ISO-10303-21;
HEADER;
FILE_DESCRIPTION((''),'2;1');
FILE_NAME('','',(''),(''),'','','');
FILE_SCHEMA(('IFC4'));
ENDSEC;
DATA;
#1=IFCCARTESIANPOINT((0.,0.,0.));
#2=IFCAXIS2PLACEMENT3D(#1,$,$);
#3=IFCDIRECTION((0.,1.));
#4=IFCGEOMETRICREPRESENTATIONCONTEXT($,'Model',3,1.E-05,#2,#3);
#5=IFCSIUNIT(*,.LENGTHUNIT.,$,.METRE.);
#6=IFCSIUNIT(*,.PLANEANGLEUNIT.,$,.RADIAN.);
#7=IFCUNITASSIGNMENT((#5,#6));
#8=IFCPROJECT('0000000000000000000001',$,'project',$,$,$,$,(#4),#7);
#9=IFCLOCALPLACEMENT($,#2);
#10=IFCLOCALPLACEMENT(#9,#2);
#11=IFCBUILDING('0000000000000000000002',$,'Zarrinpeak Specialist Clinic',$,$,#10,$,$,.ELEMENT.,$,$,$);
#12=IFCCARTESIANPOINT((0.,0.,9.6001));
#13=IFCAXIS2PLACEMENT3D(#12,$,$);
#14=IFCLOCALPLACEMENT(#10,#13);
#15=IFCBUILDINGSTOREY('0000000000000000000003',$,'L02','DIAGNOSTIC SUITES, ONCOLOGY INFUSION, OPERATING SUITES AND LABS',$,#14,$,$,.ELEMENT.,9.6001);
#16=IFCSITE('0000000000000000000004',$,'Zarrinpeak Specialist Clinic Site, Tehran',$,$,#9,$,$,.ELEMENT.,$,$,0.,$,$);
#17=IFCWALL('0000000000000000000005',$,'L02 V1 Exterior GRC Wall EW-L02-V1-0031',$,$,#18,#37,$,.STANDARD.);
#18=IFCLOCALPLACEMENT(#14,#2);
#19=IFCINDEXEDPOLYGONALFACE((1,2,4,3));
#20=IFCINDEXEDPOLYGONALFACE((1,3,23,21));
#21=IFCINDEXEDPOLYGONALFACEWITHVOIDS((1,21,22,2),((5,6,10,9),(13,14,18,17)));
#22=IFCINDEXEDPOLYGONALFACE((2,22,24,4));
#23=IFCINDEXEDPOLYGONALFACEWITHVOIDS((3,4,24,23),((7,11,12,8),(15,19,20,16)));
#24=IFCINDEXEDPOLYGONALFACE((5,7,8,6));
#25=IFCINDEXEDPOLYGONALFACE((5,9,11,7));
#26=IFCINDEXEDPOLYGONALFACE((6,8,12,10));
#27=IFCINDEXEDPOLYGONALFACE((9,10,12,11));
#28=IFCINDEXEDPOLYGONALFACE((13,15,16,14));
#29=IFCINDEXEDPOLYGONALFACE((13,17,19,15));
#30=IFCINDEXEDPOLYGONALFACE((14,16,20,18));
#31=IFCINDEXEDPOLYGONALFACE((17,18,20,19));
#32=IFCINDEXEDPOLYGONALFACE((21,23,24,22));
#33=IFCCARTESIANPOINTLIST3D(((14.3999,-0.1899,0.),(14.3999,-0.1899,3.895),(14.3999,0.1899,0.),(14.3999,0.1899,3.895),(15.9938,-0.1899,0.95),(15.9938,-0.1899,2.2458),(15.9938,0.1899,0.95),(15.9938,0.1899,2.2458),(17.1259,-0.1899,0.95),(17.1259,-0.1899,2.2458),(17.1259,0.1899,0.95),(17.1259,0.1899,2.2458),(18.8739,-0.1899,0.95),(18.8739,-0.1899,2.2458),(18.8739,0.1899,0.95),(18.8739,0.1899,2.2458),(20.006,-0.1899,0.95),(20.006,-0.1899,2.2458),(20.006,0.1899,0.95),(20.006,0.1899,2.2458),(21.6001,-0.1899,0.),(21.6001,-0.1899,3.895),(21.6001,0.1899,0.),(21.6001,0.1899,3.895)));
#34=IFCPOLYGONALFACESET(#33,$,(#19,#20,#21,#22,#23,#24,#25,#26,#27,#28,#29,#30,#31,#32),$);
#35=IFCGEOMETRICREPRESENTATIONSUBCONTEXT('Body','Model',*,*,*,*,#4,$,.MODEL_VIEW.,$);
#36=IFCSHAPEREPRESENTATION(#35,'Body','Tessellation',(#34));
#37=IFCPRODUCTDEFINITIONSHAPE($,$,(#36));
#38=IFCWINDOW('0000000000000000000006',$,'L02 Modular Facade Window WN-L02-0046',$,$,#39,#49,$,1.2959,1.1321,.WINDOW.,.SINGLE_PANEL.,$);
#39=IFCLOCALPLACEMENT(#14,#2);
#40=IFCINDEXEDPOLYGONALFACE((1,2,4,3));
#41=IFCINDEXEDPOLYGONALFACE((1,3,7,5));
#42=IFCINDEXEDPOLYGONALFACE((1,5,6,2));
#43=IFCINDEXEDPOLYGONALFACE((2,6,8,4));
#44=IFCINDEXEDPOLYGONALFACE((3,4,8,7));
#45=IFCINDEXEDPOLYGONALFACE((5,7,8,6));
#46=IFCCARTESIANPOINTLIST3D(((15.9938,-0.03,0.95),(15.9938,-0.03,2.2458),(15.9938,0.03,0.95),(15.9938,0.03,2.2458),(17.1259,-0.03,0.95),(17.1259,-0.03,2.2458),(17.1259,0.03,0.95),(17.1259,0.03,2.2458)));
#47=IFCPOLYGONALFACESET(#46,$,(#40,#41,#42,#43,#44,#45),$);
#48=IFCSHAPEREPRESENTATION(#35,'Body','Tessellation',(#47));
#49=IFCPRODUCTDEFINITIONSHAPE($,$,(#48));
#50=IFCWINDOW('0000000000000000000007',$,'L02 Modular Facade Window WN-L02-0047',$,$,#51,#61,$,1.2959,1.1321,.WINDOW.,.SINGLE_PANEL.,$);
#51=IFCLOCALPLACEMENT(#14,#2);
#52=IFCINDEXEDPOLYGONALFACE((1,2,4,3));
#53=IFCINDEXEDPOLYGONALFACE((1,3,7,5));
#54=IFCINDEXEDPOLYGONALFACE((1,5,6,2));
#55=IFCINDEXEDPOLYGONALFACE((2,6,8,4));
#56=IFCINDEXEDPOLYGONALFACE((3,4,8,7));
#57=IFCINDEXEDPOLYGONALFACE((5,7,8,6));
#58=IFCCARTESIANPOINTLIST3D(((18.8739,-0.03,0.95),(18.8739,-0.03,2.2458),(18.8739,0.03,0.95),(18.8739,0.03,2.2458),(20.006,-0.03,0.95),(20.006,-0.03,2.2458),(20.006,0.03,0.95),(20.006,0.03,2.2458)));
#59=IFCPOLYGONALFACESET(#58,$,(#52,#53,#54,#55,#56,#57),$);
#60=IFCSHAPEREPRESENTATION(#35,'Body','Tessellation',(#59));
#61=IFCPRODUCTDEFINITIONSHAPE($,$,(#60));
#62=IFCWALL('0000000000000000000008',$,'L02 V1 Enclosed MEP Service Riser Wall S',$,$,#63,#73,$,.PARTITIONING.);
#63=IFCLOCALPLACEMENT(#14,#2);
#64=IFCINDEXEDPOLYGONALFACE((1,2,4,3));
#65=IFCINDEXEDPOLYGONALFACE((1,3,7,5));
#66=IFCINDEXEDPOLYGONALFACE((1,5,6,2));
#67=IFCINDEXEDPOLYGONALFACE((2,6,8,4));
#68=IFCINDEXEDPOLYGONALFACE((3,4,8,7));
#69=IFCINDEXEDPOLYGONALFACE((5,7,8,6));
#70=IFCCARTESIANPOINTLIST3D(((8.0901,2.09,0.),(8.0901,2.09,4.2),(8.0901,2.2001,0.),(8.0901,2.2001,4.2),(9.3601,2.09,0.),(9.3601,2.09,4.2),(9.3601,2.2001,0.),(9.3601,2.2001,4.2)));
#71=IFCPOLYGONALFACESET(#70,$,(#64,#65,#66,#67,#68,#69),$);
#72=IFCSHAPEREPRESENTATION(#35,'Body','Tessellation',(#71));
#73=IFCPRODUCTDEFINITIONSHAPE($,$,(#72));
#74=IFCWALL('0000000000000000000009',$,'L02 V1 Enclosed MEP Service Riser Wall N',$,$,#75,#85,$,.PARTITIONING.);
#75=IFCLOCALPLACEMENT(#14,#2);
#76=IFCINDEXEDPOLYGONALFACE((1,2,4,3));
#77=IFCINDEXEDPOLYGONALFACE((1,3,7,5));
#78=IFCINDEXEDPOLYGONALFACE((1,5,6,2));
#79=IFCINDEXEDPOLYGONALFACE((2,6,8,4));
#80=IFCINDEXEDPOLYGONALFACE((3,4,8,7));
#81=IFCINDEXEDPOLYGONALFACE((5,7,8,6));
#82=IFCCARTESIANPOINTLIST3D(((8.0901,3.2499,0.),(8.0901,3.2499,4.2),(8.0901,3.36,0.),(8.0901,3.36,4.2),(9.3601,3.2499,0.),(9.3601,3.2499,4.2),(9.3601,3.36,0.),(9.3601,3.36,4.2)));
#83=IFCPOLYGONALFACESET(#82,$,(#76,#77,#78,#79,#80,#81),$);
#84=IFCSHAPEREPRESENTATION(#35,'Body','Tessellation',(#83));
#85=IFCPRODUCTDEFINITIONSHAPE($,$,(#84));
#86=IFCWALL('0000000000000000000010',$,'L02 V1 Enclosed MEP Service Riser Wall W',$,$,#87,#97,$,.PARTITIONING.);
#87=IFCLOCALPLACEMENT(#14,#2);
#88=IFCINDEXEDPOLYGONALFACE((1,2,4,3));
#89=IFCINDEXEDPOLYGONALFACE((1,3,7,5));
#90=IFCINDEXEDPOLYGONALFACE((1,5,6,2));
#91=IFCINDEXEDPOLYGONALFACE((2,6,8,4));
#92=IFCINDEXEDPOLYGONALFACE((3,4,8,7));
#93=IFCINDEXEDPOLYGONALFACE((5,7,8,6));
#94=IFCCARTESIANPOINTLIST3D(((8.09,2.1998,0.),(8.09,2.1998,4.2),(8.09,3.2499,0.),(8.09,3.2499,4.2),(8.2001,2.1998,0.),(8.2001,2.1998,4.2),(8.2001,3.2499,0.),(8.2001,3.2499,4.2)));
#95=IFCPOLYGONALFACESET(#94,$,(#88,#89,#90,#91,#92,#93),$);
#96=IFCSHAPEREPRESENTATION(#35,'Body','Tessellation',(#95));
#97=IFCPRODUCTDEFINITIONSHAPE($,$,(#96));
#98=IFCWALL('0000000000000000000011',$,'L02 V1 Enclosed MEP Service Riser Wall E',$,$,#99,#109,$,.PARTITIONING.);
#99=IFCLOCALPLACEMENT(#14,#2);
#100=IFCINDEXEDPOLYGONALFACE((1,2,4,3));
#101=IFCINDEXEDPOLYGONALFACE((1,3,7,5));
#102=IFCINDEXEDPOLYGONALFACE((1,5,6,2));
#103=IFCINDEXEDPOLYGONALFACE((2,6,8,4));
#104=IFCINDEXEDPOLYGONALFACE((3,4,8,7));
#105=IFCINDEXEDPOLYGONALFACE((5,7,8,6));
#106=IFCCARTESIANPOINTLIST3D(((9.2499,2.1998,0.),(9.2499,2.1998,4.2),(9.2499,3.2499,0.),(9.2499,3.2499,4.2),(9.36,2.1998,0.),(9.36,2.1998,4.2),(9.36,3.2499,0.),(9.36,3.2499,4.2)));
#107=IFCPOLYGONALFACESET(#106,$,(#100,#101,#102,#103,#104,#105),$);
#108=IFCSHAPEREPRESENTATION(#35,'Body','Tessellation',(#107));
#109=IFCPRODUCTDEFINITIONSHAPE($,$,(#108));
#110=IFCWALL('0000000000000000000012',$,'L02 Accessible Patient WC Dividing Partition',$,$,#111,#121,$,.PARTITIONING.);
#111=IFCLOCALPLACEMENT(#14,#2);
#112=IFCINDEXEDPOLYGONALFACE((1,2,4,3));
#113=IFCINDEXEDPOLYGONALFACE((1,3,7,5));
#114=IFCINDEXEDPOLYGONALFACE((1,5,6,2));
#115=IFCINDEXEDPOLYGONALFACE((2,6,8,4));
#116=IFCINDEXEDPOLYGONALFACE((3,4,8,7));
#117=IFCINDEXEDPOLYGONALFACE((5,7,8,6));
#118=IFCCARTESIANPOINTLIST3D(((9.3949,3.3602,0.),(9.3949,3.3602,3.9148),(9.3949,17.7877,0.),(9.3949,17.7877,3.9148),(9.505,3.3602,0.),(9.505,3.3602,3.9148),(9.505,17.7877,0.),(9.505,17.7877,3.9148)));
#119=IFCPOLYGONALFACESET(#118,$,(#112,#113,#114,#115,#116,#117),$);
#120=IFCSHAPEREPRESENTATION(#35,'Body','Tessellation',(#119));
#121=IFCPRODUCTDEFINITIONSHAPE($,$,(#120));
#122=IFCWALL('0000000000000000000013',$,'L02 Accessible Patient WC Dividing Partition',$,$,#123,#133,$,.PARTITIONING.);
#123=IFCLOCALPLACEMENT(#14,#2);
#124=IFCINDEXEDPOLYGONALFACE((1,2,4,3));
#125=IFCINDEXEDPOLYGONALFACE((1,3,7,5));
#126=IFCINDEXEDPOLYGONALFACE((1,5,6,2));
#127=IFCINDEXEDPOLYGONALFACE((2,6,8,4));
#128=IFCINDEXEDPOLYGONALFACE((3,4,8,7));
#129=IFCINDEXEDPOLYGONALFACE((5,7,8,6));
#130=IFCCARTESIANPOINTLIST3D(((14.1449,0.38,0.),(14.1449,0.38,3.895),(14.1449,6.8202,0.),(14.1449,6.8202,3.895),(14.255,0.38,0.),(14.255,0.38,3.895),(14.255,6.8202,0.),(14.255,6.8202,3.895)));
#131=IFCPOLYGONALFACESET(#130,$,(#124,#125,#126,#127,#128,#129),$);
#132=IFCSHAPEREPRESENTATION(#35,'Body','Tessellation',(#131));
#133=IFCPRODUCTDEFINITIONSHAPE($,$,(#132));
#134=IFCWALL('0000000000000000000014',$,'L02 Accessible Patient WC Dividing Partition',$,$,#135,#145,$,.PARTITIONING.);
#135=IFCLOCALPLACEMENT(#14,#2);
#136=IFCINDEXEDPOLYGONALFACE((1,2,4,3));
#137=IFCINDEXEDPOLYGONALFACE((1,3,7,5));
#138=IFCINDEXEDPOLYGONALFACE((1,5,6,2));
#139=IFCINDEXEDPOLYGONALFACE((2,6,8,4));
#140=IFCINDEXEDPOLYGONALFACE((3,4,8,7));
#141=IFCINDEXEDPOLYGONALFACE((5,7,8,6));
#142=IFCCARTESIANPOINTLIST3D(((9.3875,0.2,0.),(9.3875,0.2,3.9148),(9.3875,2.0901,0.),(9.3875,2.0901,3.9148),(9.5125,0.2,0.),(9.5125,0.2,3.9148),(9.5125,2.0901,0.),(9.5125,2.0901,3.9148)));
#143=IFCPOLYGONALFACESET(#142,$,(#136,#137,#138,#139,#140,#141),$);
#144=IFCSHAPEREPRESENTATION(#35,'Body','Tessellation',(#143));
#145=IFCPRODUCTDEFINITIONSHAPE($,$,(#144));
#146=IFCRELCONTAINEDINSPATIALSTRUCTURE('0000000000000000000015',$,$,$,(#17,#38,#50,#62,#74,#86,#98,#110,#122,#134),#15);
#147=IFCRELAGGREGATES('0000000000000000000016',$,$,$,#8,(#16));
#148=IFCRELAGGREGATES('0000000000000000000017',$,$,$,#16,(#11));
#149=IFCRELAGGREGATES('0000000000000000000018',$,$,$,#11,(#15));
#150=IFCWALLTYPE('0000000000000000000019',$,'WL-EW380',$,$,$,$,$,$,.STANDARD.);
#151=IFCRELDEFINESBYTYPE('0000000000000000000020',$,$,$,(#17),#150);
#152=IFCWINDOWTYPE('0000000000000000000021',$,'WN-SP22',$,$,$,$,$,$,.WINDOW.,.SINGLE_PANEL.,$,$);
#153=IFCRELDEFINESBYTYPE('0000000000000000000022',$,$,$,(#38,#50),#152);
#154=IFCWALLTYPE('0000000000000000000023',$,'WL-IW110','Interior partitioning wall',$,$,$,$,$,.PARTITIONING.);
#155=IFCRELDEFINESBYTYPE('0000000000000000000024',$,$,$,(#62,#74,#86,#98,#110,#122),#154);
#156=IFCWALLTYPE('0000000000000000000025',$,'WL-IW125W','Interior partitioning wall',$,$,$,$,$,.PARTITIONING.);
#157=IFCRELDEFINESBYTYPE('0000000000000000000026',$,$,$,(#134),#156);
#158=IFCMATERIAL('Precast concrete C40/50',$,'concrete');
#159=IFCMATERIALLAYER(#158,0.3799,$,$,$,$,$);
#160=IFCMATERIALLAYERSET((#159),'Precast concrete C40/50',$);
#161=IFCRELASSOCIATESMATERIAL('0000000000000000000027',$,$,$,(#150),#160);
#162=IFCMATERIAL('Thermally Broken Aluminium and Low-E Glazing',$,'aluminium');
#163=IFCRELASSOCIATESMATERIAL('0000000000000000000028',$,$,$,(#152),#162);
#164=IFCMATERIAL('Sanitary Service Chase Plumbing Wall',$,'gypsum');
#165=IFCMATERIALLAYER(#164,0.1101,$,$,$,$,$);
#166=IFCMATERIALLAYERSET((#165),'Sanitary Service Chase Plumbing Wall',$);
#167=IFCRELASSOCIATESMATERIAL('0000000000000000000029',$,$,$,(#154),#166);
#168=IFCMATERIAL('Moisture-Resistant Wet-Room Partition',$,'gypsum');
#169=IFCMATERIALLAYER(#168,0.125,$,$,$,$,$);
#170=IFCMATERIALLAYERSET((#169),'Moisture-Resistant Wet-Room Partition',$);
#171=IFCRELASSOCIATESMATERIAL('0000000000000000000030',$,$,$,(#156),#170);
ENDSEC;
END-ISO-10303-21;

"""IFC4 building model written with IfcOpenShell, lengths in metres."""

from ifc_helpers import new_model, si_unit, direction, frame, frame_2d, origin, place, context, subcontext, project, spatial, rectangle, extrude, material, layer, layer_set, type_object, element, fill, save


model = new_model("IFC4")

# Units and contexts
model_context = context("Model", 3, precision=1e-05, world=origin(), true_north=direction((0.0, 1.0)))
body_context = subcontext(model_context, "Body", "Model", "MODEL_VIEW")
ifc_project = project(units=[si_unit("LENGTHUNIT", "METRE"), si_unit("PLANEANGLEUNIT", "RADIAN")], contexts=[model_context])

# Site, building, storey
site_placement = place(None, origin())
site = spatial("IfcSite", under=ifc_project, at=site_placement, Name="Zarrinpeak Specialist Clinic Site, Tehran", CompositionType="ELEMENT", RefElevation=0.0)
building_placement = place(site_placement, origin())
building = spatial("IfcBuilding", under=site, at=building_placement, Name="Zarrinpeak Specialist Clinic", CompositionType="ELEMENT")
storey_placement = place(building_placement, frame((0.0, 0.0, 9.6001)))
storey = spatial("IfcBuildingStorey", under=building, at=storey_placement, Name="L02", Description="DIAGNOSTIC SUITES, ONCOLOGY INFUSION, OPERATING SUITES AND LABS", CompositionType="ELEMENT", Elevation=9.6001)

# Shared definitions
ifc_material_1 = material(Name="Precast concrete C40/50", Category="concrete")
ifc_layer_1 = layer(ifc_material_1, 0.3799)
ifc_layer_set_1 = layer_set([ifc_layer_1], Name="Precast concrete C40/50")
wall_type_1 = type_object("IfcWallType", Name="WL-EW380", PredefinedType="STANDARD", material=ifc_layer_set_1)
ifc_material_2 = material(Name="Thermally Broken Aluminium and Low-E Glazing", Category="aluminium")

# Wall, openings, windows
wall_1_placement = place(storey_placement, frame((14.3999, 0.0, 0.0), z_axis=(0.0, 0.0, 1.0), x_axis=(1.0, 0.0, 0.0)))
wall_1 = element("IfcWall", 1, at=wall_1_placement, inside=storey, type_object=wall_type_1, Name="L02 V1 Exterior GRC Wall EW-L02-V1-0031", PredefinedType="STANDARD", context=body_context, shape_type="SweptSolid", body=[
    extrude(rectangle(XDim=7.2002, YDim=0.3799, at=frame_2d((3.6001, 0.0))), origin(), (0.0, 0.0, 1.0), 3.895),
])
opening_1_placement = place(wall_1_placement, frame((1.594, 0.0, 0.95)))
opening_1 = element("IfcOpeningElement", 2, at=opening_1_placement, cuts=wall_1, PredefinedType="OPENING", context=body_context, shape_type="SweptSolid", body=[
    extrude(rectangle(XDim=1.1321, YDim=1.2959, at=frame_2d((0.5659, 0.6479))), frame((0.0, 0.2, 0.0), z_axis=(0.0, -1.0, 0.0), x_axis=(1.0, 0.0, 0.0)), (0.0, 0.0, 1.0), 0.3999),
])
opening_2_placement = place(wall_1_placement, frame((4.4741, 0.0, 0.95)))
opening_2 = element("IfcOpeningElement", 3, at=opening_2_placement, cuts=wall_1, PredefinedType="OPENING", context=body_context, shape_type="SweptSolid", body=[
    extrude(rectangle(XDim=1.1321, YDim=1.2959, at=frame_2d((0.5659, 0.6479))), frame((0.0, 0.2, 0.0), z_axis=(0.0, -1.0, 0.0), x_axis=(1.0, 0.0, 0.0)), (0.0, 0.0, 1.0), 0.3999),
])
window_type_1 = type_object("IfcWindowType", Name="WN-SP22", PartitioningType="SINGLE_PANEL", PredefinedType="WINDOW", material=ifc_material_2)
window_1_placement = place(opening_1_placement, origin())
window_1 = element("IfcWindow", 4, at=window_1_placement, inside=storey, type_object=window_type_1, Name="L02 Modular Facade Window WN-L02-0046", OverallHeight=1.2959, OverallWidth=1.1321, PartitioningType="SINGLE_PANEL", PredefinedType="WINDOW", context=body_context, shape_type="SweptSolid", body=[
    extrude(rectangle(XDim=1.1321, YDim=1.2959, at=frame_2d((0.5659, 0.6479))), frame((0.0, 0.03, 0.0), z_axis=(0.0, -1.0, 0.0), x_axis=(1.0, 0.0, 0.0)), (0.0, 0.0, 1.0), 0.0601),
])
fill(opening_1, window_1)
window_2_placement = place(opening_2_placement, origin())
window_2 = element("IfcWindow", 5, at=window_2_placement, inside=storey, type_object=window_type_1, Name="L02 Modular Facade Window WN-L02-0047", OverallHeight=1.2959, OverallWidth=1.1321, PartitioningType="SINGLE_PANEL", PredefinedType="WINDOW", context=body_context, shape_type="SweptSolid", body=[
    extrude(rectangle(XDim=1.1321, YDim=1.2959, at=frame_2d((0.5659, 0.6479))), frame((0.0, 0.03, 0.0), z_axis=(0.0, -1.0, 0.0), x_axis=(1.0, 0.0, 0.0)), (0.0, 0.0, 1.0), 0.0601),
])
fill(opening_2, window_2)

# Walls
ifc_material_3 = material(Name="Sanitary Service Chase Plumbing Wall", Category="gypsum")
ifc_layer_2 = layer(ifc_material_3, 0.1101)
ifc_layer_set_2 = layer_set([ifc_layer_2], Name="Sanitary Service Chase Plumbing Wall")
wall_type_2 = type_object("IfcWallType", Name="WL-IW110", Description="Interior partitioning wall", PredefinedType="PARTITIONING", material=ifc_layer_set_2)
for number, where, z_axis, x_axis, name in (
    (6, (8.0901, 2.145, 0.0), (0.0, 0.0, 1.0), (1.0, 0.0, 0.0), "L02 V1 Enclosed MEP Service Riser Wall S"),
    (7, (8.0901, 3.3049, 0.0), (0.0, 0.0, 1.0), (1.0, 0.0, 0.0), "L02 V1 Enclosed MEP Service Riser Wall N"),
):
    element("IfcWall", number, at=place(storey_placement, frame(where, z_axis=z_axis, x_axis=x_axis)), inside=storey, type_object=wall_type_2, Name=name, PredefinedType="PARTITIONING", context=body_context, shape_type="SweptSolid", body=[
        extrude(rectangle(XDim=1.27, YDim=0.1101, at=frame_2d((0.635, 0.0))), origin(), (0.0, 0.0, 1.0), 4.2),
    ])
for number, where, z_axis, x_axis, name in (
    (8, (8.145, 2.2, 0.0), (0.0, 0.0, 1.0), (0.0, 1.0, 0.0), "L02 V1 Enclosed MEP Service Riser Wall W"),
    (9, (9.3049, 2.2, 0.0), (0.0, 0.0, 1.0), (0.0, 1.0, 0.0), "L02 V1 Enclosed MEP Service Riser Wall E"),
):
    element("IfcWall", number, at=place(storey_placement, frame(where, z_axis=z_axis, x_axis=x_axis)), inside=storey, type_object=wall_type_2, Name=name, PredefinedType="PARTITIONING", context=body_context, shape_type="SweptSolid", body=[
        extrude(rectangle(XDim=1.05, YDim=0.1101, at=frame_2d((0.5249, 0.0))), origin(), (0.0, 0.0, 1.0), 4.2),
    ])
wall_2_placement = place(storey_placement, frame((9.45, 3.3601, 0.0), z_axis=(0.0, 0.0, 1.0), x_axis=(0.0, 1.0, 0.0)))
element("IfcWall", 10, at=wall_2_placement, inside=storey, type_object=wall_type_2, Name="L02 Accessible Patient WC Dividing Partition", PredefinedType="PARTITIONING", context=body_context, shape_type="SweptSolid", body=[
    extrude(rectangle(XDim=14.4275, YDim=0.1101, at=frame_2d((7.2139, 0.0))), origin(), (0.0, 0.0, 1.0), 3.9148),
])
wall_3_placement = place(storey_placement, frame((14.2, 0.3799, 0.0), z_axis=(0.0, 0.0, 1.0), x_axis=(0.0, 1.0, 0.0)))
element("IfcWall", 11, at=wall_3_placement, inside=storey, type_object=wall_type_2, Name="L02 Accessible Patient WC Dividing Partition", PredefinedType="PARTITIONING", context=body_context, shape_type="SweptSolid", body=[
    extrude(rectangle(XDim=6.4402, YDim=0.1101, at=frame_2d((3.2202, 0.0))), origin(), (0.0, 0.0, 1.0), 3.895),
])
ifc_material_4 = material(Name="Moisture-Resistant Wet-Room Partition", Category="gypsum")
ifc_layer_3 = layer(ifc_material_4, 0.125)
ifc_layer_set_3 = layer_set([ifc_layer_3], Name="Moisture-Resistant Wet-Room Partition")
wall_type_3 = type_object("IfcWallType", Name="WL-IW125W", Description="Interior partitioning wall", PredefinedType="PARTITIONING", material=ifc_layer_set_3)
wall_4_placement = place(storey_placement, frame((9.45, 0.2, 0.0), z_axis=(0.0, 0.0, 1.0), x_axis=(0.0, 1.0, 0.0)))
element("IfcWall", 12, at=wall_4_placement, inside=storey, type_object=wall_type_3, Name="L02 Accessible Patient WC Dividing Partition", PredefinedType="PARTITIONING", context=body_context, shape_type="SweptSolid", body=[
    extrude(rectangle(XDim=1.8901, YDim=0.125, at=frame_2d((0.9451, 0.0))), origin(), (0.0, 0.0, 1.0), 3.9148),
])

save(model, "model.ifc")
